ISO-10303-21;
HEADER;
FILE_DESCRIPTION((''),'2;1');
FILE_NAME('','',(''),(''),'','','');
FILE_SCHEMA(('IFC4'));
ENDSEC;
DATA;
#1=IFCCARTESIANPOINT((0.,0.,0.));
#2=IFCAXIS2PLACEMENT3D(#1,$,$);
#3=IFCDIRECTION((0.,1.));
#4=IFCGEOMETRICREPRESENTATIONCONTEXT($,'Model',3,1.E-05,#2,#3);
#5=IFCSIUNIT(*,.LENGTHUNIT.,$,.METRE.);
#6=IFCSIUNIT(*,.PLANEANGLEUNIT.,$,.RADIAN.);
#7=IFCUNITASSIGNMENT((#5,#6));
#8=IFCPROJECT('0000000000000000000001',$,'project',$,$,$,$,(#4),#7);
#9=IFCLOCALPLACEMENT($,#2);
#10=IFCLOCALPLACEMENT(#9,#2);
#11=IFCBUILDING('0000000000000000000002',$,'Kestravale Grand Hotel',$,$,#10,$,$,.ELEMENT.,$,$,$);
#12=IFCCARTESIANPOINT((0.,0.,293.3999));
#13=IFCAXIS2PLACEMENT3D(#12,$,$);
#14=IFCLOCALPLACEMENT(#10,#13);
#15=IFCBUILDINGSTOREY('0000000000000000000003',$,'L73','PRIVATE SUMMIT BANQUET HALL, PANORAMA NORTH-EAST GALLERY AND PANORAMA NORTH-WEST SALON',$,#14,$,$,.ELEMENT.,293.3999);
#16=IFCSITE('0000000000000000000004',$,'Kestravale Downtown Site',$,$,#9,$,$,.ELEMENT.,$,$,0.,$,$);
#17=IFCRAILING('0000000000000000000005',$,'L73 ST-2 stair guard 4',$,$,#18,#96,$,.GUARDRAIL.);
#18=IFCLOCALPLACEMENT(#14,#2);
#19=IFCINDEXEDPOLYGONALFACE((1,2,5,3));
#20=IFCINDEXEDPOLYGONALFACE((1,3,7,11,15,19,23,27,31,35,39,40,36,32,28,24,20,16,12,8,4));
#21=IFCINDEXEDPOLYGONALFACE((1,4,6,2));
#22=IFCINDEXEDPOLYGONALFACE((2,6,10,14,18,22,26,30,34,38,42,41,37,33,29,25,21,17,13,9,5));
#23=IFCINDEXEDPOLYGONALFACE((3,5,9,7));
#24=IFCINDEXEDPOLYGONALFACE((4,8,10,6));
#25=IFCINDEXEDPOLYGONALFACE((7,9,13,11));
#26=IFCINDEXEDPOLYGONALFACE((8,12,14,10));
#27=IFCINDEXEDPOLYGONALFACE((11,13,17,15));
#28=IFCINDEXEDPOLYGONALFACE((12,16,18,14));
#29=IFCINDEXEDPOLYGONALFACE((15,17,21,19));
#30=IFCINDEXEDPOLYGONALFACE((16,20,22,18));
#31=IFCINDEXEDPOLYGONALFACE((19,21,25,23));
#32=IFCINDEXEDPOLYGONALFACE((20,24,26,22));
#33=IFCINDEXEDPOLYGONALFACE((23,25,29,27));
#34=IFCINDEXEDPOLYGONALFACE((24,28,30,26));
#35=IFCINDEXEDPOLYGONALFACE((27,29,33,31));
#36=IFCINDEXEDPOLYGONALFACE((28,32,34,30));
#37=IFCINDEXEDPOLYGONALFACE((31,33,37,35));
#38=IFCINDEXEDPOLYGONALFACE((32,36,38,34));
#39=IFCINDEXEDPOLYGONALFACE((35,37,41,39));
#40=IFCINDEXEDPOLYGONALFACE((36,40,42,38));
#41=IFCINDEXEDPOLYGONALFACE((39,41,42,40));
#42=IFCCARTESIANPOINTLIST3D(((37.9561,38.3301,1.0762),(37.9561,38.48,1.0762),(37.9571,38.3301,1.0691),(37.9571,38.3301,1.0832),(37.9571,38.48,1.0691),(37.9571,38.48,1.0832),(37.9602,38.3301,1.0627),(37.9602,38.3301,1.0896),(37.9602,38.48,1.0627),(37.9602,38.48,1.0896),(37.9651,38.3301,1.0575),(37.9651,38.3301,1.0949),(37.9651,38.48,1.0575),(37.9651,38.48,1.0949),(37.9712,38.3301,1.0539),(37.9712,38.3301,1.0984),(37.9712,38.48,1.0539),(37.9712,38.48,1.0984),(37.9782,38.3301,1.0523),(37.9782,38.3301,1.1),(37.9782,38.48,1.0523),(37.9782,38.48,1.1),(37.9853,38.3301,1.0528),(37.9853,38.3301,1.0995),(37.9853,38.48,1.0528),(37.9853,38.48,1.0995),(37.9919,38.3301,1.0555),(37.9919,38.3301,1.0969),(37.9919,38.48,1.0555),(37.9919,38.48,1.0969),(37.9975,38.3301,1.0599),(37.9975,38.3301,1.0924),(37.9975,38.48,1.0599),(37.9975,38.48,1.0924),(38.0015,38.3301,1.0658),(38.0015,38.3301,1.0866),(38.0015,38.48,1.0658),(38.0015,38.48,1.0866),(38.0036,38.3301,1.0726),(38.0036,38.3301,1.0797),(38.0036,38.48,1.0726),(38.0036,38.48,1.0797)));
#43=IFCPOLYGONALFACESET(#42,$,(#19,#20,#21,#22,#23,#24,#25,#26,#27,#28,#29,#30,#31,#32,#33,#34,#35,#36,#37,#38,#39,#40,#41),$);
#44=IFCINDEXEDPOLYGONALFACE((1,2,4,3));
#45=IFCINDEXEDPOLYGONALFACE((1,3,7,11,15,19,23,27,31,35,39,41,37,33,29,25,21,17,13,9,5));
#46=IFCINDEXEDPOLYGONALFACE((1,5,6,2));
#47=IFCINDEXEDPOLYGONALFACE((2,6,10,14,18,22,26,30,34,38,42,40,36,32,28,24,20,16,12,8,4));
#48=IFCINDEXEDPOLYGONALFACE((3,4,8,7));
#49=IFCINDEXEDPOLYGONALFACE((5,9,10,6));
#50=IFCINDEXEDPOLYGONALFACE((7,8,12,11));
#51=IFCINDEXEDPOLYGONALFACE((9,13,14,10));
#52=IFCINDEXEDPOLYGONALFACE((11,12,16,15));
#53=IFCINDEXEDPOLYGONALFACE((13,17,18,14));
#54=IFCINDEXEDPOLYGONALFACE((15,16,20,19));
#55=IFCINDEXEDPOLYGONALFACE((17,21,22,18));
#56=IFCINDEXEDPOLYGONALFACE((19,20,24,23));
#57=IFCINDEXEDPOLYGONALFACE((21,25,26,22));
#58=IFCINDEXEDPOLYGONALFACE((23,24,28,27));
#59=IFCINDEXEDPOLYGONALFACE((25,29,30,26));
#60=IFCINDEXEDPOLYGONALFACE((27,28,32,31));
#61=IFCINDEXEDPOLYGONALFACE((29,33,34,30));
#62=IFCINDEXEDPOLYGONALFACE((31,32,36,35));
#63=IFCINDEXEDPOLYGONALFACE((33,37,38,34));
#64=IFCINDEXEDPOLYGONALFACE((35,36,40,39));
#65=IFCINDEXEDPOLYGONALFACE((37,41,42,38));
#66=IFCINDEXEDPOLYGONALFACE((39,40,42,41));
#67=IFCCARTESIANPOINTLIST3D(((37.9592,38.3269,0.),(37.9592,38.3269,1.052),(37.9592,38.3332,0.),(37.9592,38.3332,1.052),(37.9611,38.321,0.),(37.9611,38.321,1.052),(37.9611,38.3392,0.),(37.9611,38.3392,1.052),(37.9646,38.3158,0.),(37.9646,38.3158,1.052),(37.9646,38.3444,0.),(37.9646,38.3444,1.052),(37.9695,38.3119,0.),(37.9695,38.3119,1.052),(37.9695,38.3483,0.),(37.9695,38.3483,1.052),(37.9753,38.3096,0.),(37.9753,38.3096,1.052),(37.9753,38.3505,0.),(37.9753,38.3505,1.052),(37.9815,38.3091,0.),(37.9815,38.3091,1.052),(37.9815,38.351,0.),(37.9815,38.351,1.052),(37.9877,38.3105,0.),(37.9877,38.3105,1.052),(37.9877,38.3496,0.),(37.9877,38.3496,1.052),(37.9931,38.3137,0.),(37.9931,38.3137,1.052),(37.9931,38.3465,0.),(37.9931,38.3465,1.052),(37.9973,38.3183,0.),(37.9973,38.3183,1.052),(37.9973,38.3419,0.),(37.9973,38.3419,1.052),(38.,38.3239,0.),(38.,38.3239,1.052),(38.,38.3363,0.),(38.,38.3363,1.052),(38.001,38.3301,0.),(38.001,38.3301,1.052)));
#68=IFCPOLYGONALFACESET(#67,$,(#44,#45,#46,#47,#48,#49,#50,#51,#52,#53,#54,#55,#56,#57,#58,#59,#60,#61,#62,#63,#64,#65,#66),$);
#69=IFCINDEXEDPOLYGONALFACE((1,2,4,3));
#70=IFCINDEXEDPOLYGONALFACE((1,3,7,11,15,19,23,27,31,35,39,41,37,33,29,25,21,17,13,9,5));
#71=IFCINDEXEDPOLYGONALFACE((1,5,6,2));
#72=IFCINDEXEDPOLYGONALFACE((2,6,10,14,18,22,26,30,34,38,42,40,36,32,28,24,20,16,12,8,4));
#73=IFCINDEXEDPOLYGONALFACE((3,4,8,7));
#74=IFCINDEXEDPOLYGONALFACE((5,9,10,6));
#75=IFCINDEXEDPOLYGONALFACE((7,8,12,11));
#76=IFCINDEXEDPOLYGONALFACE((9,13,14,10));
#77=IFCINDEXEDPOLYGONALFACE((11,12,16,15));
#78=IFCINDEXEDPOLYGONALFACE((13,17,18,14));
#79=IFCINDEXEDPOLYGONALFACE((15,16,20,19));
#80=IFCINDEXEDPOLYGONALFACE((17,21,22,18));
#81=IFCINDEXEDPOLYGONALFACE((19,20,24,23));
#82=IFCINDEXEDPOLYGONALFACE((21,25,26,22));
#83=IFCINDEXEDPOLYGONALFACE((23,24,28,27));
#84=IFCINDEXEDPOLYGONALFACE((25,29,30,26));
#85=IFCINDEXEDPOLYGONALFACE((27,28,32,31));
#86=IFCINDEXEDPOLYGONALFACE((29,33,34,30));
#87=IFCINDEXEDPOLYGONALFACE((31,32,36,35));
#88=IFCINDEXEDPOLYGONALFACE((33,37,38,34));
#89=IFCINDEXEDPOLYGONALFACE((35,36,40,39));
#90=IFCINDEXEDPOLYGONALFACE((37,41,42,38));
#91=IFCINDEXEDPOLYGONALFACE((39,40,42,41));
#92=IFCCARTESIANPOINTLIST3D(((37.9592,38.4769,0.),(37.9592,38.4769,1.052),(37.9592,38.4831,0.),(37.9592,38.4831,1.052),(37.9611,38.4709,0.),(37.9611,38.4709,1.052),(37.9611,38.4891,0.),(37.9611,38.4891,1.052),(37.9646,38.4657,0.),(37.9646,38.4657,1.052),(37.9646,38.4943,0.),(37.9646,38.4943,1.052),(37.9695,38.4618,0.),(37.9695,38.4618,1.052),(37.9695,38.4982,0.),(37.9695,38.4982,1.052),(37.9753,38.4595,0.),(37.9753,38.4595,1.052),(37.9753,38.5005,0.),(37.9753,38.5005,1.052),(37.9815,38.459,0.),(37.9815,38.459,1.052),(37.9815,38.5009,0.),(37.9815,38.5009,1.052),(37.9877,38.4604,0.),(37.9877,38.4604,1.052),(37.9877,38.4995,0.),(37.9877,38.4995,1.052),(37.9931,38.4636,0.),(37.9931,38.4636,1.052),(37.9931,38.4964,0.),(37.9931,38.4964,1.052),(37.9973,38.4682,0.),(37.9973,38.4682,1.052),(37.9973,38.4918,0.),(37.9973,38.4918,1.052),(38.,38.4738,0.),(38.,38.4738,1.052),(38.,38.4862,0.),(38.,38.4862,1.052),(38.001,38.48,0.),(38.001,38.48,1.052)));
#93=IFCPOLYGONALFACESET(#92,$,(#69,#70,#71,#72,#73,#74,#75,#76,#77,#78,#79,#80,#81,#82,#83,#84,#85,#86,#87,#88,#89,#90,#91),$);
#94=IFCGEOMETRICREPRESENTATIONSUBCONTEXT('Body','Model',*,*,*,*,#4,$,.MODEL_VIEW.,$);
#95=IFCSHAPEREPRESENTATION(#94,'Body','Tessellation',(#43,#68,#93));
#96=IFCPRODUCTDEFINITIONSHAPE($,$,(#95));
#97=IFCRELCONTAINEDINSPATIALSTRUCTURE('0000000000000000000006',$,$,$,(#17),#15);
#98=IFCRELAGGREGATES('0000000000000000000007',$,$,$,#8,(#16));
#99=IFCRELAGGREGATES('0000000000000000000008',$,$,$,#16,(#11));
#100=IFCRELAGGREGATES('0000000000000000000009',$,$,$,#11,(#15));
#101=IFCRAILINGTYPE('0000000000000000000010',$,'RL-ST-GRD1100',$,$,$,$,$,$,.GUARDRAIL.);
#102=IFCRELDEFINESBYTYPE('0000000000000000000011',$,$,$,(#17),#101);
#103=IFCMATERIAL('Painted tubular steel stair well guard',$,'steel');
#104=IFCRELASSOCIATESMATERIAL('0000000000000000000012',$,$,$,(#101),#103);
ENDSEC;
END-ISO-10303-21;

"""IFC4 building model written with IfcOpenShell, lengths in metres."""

from ifc_helpers import new_model, si_unit, direction, frame, origin, origin_2d, place, context, subcontext, project, spatial, circle, extrude, material, type_object, element, save


model = new_model("IFC4")

# Units and contexts
model_context = context("Model", 3, precision=1e-05, world=origin(), true_north=direction((0.0, 1.0)))
body_context = subcontext(model_context, "Body", "Model", "MODEL_VIEW")
ifc_project = project(units=[si_unit("LENGTHUNIT", "METRE"), si_unit("PLANEANGLEUNIT", "RADIAN")], contexts=[model_context])

# Site, building, storey
site_placement = place(None, origin())
site = spatial("IfcSite", under=ifc_project, at=site_placement, Name="Kestravale Downtown Site", CompositionType="ELEMENT", RefElevation=0.0)
building_placement = place(site_placement, origin())
building = spatial("IfcBuilding", under=site, at=building_placement, Name="Kestravale Grand Hotel", CompositionType="ELEMENT")
storey_placement = place(building_placement, frame((0.0, 0.0, 293.3999)))
storey = spatial("IfcBuildingStorey", under=building, at=storey_placement, Name="L73", Description="PRIVATE SUMMIT BANQUET HALL, PANORAMA NORTH-EAST GALLERY AND PANORAMA NORTH-WEST SALON", CompositionType="ELEMENT", Elevation=293.3999)

# Railing
ifc_material_1 = material(Name="Painted tubular steel stair well guard", Category="steel")
railing_type_1 = type_object("IfcRailingType", Name="RL-ST-GRD1100", PredefinedType="GUARDRAIL", material=ifc_material_1)
railing_1_placement = place(storey_placement, frame((37.98, 38.3301, 0.0)))
element("IfcRailing", 1, at=railing_1_placement, inside=storey, type_object=railing_type_1, Name="L73 ST-2 stair guard 4", PredefinedType="GUARDRAIL", context=body_context, shape_type="SweptSolid", body=[
    extrude(circle(Radius=0.0239, at=origin_2d()), frame((0.0, 0.0, 1.0762), z_axis=(0.0, 1.0, 0.0), x_axis=(-1.0, 0.0, 0.0)), (0.0, 0.0, 1.0), 0.1499),
    extrude(circle(Radius=0.021, at=origin_2d()), origin(), (0.0, 0.0, 1.0), 1.052),
    extrude(circle(Radius=0.021, at=origin_2d()), frame((0.0, 0.1499, 0.0)), (0.0, 0.0, 1.0), 1.052),
])

save(model, "model.ifc")
